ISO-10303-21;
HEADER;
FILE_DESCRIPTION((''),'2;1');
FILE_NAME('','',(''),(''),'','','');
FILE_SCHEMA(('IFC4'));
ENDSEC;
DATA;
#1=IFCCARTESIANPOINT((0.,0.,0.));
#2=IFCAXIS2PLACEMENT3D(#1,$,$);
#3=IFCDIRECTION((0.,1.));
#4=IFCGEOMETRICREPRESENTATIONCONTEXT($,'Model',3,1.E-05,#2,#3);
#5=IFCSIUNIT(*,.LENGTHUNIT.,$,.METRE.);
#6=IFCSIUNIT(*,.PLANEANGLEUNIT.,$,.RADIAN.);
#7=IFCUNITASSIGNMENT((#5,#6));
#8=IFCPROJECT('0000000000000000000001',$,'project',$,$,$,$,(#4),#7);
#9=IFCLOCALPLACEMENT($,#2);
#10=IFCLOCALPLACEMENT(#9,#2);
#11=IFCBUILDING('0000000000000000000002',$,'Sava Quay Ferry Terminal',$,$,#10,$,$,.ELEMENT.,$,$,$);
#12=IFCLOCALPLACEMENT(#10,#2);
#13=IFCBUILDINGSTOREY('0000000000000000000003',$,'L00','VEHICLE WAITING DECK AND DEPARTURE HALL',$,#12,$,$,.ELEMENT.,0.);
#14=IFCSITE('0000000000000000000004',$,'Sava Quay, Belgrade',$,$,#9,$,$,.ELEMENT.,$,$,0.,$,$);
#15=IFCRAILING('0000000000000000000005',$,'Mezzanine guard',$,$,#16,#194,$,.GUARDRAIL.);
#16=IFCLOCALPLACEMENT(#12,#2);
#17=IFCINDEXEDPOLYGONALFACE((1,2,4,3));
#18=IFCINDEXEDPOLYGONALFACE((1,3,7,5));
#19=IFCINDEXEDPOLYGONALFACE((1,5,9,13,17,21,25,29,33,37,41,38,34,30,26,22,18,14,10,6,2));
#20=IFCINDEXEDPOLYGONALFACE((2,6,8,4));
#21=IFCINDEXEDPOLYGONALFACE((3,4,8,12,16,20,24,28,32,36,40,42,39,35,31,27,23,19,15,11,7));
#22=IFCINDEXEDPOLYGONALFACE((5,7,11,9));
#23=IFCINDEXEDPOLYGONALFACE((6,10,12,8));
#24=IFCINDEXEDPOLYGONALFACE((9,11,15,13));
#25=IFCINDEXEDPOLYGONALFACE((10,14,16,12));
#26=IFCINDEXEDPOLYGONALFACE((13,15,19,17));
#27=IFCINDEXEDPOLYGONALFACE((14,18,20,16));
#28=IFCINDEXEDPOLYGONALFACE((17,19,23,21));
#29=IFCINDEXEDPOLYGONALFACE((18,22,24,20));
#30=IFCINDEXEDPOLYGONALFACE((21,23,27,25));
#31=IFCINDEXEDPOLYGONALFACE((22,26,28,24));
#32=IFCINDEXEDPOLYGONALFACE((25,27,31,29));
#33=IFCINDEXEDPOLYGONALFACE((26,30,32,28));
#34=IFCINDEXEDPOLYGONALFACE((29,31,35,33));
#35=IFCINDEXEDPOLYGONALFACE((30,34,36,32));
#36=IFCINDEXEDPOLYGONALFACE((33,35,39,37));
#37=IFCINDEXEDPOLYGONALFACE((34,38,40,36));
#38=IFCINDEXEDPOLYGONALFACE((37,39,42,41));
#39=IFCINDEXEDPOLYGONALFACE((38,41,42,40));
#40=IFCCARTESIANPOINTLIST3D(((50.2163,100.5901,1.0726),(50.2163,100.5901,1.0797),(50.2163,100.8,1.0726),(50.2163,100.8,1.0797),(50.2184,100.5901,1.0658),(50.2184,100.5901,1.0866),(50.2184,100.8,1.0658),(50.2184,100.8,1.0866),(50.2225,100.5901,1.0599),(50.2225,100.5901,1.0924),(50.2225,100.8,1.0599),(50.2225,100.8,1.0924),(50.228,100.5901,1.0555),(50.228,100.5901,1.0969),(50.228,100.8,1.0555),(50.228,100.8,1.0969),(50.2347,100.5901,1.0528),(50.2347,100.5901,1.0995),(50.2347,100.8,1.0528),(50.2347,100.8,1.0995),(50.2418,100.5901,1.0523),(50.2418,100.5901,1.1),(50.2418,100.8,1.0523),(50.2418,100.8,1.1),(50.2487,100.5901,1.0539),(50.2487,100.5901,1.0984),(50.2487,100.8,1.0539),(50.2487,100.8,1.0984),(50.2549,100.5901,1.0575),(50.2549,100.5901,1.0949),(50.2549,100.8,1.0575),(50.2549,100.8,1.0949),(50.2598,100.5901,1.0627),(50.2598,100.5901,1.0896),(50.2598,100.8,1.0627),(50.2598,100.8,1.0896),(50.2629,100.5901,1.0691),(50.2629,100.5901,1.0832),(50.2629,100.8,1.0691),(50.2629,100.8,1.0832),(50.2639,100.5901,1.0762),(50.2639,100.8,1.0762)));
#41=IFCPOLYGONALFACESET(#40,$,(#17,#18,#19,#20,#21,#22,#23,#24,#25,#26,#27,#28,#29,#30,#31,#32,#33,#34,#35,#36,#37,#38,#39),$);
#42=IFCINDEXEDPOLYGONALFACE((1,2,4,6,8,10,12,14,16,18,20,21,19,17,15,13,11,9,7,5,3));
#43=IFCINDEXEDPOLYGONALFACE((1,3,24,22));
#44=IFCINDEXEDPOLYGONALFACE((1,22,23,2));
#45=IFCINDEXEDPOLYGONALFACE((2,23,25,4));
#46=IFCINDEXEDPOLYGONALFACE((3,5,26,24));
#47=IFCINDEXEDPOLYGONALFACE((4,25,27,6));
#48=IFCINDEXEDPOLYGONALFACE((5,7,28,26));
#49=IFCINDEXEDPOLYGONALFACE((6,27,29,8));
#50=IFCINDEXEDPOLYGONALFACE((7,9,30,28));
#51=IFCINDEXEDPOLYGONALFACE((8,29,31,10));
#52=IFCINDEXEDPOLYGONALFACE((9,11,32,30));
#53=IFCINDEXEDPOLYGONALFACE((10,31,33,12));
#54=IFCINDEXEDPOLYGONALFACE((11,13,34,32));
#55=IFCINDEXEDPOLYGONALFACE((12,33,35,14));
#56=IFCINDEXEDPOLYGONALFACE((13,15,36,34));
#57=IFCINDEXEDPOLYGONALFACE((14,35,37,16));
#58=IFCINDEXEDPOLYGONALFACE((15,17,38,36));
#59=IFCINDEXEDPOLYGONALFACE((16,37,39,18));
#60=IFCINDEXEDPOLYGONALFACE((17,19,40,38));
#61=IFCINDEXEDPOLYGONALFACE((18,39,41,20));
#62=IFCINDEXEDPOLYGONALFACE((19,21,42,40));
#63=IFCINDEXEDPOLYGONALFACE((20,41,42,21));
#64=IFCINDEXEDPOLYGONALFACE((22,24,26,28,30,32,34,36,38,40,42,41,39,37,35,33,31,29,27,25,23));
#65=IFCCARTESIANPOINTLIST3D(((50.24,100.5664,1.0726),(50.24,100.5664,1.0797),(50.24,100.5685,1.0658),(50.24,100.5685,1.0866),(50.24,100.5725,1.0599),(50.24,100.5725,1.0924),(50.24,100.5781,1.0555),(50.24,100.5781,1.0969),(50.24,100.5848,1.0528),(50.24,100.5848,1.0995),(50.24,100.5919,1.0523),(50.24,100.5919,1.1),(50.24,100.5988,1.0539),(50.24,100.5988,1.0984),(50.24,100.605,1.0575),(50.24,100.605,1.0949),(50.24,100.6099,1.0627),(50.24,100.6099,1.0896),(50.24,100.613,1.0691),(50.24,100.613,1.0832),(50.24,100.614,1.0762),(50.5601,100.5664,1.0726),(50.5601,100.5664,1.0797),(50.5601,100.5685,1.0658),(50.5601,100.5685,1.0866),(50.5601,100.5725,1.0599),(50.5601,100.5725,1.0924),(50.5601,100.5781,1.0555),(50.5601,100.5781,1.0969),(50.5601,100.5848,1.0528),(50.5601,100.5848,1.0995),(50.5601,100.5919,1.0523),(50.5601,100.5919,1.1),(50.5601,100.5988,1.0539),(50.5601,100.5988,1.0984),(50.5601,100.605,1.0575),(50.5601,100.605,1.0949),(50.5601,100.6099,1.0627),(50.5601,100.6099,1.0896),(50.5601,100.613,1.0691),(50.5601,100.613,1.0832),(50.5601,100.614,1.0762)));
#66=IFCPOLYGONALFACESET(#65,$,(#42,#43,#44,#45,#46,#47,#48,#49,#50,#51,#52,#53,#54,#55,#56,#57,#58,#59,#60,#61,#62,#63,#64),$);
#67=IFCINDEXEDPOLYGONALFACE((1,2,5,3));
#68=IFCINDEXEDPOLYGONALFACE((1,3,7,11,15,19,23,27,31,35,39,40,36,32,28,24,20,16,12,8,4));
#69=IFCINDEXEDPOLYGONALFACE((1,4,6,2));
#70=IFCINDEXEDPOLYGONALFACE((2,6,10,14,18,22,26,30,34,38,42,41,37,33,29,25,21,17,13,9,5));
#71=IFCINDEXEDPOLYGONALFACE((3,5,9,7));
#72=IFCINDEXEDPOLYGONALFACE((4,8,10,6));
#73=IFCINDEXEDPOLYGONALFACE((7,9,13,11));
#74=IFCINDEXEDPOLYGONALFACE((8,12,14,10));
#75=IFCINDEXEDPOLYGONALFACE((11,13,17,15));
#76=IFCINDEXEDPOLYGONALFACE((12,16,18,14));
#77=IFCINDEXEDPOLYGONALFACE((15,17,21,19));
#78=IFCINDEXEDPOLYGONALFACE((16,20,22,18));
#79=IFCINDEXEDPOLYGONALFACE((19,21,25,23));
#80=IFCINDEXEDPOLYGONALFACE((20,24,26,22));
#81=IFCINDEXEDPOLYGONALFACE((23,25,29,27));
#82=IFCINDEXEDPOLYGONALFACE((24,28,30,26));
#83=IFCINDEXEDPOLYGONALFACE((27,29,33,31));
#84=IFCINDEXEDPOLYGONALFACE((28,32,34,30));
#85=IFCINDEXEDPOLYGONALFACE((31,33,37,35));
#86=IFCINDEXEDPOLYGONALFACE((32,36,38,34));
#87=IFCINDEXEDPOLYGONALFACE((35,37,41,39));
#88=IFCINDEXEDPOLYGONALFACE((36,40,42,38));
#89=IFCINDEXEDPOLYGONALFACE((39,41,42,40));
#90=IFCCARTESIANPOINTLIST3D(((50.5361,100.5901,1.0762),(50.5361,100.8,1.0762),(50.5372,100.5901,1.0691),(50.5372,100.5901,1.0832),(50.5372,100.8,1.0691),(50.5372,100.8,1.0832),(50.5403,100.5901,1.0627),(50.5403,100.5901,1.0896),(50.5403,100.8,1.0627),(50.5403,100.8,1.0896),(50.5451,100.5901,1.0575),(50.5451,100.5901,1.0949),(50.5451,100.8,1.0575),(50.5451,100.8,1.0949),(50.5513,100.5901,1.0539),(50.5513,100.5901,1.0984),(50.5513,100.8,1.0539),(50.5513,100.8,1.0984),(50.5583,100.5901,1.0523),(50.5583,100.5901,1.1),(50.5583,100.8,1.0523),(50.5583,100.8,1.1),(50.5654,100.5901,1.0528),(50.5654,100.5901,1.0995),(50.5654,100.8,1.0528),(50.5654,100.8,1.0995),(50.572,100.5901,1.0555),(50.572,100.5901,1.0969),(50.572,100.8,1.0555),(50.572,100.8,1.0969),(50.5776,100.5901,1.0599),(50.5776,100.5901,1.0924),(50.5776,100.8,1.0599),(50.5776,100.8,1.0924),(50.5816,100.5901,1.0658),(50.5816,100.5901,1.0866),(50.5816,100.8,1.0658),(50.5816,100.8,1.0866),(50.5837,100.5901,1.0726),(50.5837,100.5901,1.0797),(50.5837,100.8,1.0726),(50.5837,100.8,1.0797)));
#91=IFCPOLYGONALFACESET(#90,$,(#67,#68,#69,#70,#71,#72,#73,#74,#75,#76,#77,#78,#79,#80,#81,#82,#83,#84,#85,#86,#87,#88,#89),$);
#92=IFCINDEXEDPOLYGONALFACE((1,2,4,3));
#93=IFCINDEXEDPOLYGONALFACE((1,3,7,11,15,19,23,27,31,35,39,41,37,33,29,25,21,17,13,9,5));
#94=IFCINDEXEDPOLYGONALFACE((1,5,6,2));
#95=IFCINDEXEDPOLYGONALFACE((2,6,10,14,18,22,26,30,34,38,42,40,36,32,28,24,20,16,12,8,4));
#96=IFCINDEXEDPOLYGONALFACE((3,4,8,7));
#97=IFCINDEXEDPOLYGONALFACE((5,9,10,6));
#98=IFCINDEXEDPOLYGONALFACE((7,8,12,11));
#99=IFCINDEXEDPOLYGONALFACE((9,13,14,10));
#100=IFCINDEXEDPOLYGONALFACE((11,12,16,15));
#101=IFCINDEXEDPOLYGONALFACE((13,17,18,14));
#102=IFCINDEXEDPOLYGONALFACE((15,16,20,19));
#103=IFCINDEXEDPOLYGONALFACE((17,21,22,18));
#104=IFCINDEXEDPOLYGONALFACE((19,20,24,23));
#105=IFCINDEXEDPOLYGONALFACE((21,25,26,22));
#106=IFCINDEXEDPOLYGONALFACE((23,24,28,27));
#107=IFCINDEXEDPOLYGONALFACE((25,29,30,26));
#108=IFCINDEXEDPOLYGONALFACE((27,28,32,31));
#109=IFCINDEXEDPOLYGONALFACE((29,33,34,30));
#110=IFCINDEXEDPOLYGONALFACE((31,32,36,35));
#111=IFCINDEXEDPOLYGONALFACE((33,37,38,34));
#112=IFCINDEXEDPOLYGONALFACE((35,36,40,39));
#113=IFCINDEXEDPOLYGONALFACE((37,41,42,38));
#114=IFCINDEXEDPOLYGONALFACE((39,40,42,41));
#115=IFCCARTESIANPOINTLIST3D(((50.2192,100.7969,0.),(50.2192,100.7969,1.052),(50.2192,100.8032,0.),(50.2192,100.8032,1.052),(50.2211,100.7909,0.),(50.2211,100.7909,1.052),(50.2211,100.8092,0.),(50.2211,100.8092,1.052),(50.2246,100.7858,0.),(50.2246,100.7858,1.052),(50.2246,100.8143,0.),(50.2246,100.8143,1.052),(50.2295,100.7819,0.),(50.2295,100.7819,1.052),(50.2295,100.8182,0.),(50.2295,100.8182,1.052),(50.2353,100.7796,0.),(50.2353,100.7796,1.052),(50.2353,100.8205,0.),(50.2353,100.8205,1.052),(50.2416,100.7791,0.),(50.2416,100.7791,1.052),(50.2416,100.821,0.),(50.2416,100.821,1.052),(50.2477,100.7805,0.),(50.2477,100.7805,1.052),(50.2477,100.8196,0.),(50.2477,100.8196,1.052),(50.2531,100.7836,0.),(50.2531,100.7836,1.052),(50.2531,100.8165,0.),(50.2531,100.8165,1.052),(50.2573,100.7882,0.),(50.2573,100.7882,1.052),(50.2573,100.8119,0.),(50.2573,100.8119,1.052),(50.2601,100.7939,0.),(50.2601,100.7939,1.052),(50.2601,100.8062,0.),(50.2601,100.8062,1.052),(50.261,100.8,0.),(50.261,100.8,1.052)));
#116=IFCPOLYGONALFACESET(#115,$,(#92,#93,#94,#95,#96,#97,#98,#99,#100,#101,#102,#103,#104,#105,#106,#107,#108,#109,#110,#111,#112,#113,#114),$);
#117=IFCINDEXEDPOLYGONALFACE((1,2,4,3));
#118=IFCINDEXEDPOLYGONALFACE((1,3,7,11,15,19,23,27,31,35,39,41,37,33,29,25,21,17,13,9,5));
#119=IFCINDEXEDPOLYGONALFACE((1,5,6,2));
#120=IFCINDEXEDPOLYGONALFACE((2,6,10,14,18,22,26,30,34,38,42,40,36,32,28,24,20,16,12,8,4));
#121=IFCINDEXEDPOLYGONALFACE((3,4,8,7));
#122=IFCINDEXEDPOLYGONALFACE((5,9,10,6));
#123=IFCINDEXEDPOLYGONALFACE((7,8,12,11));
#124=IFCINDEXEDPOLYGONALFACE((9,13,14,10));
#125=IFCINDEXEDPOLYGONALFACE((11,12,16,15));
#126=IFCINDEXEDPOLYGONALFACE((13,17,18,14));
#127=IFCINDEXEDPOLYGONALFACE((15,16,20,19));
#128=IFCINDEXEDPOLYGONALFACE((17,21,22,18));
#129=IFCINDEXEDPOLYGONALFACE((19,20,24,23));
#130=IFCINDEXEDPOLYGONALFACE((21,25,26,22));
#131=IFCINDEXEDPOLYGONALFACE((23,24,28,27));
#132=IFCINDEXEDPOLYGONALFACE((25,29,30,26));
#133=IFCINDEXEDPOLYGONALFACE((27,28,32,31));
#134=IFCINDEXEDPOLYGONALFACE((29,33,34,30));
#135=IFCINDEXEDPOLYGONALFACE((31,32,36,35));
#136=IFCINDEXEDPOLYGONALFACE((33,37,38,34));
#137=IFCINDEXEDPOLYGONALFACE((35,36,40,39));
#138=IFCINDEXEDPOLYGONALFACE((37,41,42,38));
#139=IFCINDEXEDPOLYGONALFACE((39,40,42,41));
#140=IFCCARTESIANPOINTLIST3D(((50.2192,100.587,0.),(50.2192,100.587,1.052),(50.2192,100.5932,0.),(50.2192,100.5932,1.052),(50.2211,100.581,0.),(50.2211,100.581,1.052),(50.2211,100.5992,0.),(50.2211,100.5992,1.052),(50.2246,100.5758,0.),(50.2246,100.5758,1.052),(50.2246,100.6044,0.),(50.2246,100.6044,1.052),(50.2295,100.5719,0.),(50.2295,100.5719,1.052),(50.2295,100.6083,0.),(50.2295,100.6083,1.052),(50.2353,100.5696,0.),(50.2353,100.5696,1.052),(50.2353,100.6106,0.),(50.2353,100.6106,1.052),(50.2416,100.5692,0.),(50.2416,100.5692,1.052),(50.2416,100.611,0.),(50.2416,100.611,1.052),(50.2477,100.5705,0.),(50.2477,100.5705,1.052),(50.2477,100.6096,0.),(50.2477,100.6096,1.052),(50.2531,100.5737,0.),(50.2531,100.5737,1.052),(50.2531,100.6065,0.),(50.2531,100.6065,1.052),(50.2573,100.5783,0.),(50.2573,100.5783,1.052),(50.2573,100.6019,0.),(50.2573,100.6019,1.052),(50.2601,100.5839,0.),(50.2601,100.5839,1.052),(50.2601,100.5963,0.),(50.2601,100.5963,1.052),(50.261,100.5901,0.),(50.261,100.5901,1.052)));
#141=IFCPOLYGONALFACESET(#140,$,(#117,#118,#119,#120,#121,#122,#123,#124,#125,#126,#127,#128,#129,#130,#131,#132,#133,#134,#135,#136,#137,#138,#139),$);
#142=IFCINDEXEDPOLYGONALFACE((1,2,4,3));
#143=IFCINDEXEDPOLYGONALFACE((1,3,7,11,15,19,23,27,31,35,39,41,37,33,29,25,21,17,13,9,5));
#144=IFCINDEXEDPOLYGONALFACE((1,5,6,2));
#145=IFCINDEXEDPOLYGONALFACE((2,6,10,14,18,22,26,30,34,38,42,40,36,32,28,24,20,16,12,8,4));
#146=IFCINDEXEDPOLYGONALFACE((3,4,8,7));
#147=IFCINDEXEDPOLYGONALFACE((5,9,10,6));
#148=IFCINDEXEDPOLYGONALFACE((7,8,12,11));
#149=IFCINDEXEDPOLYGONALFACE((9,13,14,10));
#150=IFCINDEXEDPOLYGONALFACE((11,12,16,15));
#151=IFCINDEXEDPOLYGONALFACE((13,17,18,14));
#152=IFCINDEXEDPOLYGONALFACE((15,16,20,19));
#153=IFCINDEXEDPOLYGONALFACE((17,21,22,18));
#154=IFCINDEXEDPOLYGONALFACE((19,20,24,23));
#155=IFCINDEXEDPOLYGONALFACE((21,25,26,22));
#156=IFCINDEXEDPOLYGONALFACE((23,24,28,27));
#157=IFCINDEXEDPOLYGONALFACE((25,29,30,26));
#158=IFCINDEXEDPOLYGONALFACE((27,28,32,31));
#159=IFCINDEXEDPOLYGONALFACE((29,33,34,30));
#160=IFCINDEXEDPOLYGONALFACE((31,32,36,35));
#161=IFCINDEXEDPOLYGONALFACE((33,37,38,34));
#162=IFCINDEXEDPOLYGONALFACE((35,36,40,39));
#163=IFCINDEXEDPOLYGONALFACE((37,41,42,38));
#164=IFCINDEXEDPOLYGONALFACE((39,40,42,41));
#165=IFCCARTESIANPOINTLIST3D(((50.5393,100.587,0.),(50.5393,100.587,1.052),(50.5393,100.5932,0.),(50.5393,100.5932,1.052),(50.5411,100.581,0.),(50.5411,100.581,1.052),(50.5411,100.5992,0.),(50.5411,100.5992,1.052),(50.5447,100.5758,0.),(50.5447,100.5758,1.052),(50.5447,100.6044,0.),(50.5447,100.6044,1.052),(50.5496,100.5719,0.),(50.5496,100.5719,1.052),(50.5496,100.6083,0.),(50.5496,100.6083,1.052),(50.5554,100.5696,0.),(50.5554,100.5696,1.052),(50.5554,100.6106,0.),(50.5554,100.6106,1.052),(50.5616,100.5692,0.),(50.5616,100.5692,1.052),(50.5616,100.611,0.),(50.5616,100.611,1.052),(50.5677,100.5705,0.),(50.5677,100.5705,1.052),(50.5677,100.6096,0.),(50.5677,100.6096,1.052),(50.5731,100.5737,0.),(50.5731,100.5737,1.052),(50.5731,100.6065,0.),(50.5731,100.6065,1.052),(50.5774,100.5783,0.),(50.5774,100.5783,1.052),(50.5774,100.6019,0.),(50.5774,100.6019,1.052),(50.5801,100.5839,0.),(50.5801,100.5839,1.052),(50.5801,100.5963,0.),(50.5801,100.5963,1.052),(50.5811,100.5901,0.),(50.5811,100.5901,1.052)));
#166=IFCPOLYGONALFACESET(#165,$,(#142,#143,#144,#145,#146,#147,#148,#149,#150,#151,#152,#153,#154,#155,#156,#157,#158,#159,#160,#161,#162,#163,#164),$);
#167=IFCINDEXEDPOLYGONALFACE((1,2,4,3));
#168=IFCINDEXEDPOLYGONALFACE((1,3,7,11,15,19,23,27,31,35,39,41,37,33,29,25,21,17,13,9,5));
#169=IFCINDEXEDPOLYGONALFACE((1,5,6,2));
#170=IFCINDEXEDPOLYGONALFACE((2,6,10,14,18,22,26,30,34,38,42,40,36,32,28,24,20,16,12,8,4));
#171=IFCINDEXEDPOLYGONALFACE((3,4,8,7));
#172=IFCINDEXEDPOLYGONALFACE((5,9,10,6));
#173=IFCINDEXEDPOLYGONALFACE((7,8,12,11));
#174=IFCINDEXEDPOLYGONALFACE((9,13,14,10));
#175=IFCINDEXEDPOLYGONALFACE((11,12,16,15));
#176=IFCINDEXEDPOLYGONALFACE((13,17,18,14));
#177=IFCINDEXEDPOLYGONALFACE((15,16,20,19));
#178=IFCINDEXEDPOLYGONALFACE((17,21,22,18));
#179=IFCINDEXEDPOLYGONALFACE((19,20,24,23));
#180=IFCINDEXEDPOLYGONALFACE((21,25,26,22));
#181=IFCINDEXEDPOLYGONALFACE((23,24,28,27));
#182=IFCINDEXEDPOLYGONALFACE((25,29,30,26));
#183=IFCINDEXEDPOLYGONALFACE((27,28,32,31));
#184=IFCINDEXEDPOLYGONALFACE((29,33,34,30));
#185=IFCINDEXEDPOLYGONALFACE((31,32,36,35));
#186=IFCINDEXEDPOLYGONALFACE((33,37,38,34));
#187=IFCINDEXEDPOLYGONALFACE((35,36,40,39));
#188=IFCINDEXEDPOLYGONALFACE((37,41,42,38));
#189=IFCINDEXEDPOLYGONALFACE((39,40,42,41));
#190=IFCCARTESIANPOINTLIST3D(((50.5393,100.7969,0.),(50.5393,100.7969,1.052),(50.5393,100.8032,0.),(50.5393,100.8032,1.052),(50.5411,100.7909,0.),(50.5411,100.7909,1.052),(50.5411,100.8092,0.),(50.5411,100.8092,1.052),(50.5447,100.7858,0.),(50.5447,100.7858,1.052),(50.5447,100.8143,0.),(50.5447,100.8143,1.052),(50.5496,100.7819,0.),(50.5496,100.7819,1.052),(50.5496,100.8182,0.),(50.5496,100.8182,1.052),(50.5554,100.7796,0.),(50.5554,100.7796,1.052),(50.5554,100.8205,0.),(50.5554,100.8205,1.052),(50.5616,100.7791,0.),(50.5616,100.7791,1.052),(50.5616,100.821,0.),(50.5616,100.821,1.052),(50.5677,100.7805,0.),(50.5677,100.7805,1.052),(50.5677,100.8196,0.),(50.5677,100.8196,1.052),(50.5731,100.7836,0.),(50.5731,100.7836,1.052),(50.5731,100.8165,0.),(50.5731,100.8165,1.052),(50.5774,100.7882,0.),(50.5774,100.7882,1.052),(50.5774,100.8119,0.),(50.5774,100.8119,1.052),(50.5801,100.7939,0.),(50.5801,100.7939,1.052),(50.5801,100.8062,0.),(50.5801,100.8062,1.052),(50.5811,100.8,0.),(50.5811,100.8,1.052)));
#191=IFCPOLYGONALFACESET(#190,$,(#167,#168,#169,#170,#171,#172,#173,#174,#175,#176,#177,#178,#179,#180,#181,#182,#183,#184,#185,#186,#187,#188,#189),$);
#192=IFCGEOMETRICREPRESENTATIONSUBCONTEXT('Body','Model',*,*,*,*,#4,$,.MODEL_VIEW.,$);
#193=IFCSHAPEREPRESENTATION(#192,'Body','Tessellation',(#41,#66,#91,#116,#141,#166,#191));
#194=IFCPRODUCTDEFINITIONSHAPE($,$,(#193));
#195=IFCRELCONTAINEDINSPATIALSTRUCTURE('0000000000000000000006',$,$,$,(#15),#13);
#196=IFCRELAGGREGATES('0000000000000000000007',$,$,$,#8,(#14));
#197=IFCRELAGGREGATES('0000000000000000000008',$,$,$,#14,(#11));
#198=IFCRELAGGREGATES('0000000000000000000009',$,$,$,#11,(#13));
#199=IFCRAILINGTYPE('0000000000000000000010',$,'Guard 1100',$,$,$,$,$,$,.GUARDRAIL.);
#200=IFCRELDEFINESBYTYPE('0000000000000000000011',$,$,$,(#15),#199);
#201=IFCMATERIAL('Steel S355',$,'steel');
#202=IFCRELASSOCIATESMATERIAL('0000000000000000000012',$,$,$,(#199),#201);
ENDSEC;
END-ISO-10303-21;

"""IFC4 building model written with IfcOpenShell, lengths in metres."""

from ifc_helpers import new_model, si_unit, direction, frame, origin, origin_2d, place, context, subcontext, project, spatial, circle, extrude, material, type_object, element, save


model = new_model("IFC4")

# Units and contexts
model_context = context("Model", 3, precision=1e-05, world=origin(), true_north=direction((0.0, 1.0)))
body_context = subcontext(model_context, "Body", "Model", "MODEL_VIEW")
ifc_project = project(units=[si_unit("LENGTHUNIT", "METRE"), si_unit("PLANEANGLEUNIT", "RADIAN")], contexts=[model_context])

# Site, building, storey
site_placement = place(None, origin())
site = spatial("IfcSite", under=ifc_project, at=site_placement, Name="Sava Quay, Belgrade", CompositionType="ELEMENT", RefElevation=0.0)
building_placement = place(site_placement, origin())
building = spatial("IfcBuilding", under=site, at=building_placement, Name="Sava Quay Ferry Terminal", CompositionType="ELEMENT")
storey_placement = place(building_placement, origin())
storey = spatial("IfcBuildingStorey", under=building, at=storey_placement, Name="L00", Description="VEHICLE WAITING DECK AND DEPARTURE HALL", CompositionType="ELEMENT", Elevation=0.0)

# Railing
ifc_material_1 = material(Name="Steel S355", Category="steel")
railing_type_1 = type_object("IfcRailingType", Name="Guard 1100", PredefinedType="GUARDRAIL", material=ifc_material_1)
railing_1_placement = place(storey_placement, frame((50.24, 100.8, 0.0)))
element("IfcRailing", 1, at=railing_1_placement, inside=storey, type_object=railing_type_1, Name="Mezzanine guard", PredefinedType="GUARDRAIL", context=body_context, shape_type="SweptSolid", body=[
    extrude(circle(Radius=0.0239, at=origin_2d()), frame((0.0, 0.0, 1.0762), z_axis=(0.0, -1.0, 0.0), x_axis=(1.0, 0.0, 0.0)), (0.0, 0.0, 1.0), 0.21),
    extrude(circle(Radius=0.0239, at=origin_2d()), frame((0.0, -0.21, 1.0762), z_axis=(1.0, 0.0, 0.0), x_axis=(0.0, 1.0, 0.0)), (0.0, 0.0, 1.0), 0.3201),
    extrude(circle(Radius=0.0239, at=origin_2d()), frame((0.3201, -0.21, 1.0762), z_axis=(0.0, 1.0, 0.0), x_axis=(-1.0, 0.0, 0.0)), (0.0, 0.0, 1.0), 0.21),
    extrude(circle(Radius=0.021, at=origin_2d()), origin(), (0.0, 0.0, 1.0), 1.052),
    extrude(circle(Radius=0.021, at=origin_2d()), frame((0.0, -0.21, 0.0)), (0.0, 0.0, 1.0), 1.052),
    extrude(circle(Radius=0.021, at=origin_2d()), frame((0.3201, -0.21, 0.0)), (0.0, 0.0, 1.0), 1.052),
    extrude(circle(Radius=0.021, at=origin_2d()), frame((0.3201, 0.0, 0.0)), (0.0, 0.0, 1.0), 1.052),
])

save(model, "model.ifc")
